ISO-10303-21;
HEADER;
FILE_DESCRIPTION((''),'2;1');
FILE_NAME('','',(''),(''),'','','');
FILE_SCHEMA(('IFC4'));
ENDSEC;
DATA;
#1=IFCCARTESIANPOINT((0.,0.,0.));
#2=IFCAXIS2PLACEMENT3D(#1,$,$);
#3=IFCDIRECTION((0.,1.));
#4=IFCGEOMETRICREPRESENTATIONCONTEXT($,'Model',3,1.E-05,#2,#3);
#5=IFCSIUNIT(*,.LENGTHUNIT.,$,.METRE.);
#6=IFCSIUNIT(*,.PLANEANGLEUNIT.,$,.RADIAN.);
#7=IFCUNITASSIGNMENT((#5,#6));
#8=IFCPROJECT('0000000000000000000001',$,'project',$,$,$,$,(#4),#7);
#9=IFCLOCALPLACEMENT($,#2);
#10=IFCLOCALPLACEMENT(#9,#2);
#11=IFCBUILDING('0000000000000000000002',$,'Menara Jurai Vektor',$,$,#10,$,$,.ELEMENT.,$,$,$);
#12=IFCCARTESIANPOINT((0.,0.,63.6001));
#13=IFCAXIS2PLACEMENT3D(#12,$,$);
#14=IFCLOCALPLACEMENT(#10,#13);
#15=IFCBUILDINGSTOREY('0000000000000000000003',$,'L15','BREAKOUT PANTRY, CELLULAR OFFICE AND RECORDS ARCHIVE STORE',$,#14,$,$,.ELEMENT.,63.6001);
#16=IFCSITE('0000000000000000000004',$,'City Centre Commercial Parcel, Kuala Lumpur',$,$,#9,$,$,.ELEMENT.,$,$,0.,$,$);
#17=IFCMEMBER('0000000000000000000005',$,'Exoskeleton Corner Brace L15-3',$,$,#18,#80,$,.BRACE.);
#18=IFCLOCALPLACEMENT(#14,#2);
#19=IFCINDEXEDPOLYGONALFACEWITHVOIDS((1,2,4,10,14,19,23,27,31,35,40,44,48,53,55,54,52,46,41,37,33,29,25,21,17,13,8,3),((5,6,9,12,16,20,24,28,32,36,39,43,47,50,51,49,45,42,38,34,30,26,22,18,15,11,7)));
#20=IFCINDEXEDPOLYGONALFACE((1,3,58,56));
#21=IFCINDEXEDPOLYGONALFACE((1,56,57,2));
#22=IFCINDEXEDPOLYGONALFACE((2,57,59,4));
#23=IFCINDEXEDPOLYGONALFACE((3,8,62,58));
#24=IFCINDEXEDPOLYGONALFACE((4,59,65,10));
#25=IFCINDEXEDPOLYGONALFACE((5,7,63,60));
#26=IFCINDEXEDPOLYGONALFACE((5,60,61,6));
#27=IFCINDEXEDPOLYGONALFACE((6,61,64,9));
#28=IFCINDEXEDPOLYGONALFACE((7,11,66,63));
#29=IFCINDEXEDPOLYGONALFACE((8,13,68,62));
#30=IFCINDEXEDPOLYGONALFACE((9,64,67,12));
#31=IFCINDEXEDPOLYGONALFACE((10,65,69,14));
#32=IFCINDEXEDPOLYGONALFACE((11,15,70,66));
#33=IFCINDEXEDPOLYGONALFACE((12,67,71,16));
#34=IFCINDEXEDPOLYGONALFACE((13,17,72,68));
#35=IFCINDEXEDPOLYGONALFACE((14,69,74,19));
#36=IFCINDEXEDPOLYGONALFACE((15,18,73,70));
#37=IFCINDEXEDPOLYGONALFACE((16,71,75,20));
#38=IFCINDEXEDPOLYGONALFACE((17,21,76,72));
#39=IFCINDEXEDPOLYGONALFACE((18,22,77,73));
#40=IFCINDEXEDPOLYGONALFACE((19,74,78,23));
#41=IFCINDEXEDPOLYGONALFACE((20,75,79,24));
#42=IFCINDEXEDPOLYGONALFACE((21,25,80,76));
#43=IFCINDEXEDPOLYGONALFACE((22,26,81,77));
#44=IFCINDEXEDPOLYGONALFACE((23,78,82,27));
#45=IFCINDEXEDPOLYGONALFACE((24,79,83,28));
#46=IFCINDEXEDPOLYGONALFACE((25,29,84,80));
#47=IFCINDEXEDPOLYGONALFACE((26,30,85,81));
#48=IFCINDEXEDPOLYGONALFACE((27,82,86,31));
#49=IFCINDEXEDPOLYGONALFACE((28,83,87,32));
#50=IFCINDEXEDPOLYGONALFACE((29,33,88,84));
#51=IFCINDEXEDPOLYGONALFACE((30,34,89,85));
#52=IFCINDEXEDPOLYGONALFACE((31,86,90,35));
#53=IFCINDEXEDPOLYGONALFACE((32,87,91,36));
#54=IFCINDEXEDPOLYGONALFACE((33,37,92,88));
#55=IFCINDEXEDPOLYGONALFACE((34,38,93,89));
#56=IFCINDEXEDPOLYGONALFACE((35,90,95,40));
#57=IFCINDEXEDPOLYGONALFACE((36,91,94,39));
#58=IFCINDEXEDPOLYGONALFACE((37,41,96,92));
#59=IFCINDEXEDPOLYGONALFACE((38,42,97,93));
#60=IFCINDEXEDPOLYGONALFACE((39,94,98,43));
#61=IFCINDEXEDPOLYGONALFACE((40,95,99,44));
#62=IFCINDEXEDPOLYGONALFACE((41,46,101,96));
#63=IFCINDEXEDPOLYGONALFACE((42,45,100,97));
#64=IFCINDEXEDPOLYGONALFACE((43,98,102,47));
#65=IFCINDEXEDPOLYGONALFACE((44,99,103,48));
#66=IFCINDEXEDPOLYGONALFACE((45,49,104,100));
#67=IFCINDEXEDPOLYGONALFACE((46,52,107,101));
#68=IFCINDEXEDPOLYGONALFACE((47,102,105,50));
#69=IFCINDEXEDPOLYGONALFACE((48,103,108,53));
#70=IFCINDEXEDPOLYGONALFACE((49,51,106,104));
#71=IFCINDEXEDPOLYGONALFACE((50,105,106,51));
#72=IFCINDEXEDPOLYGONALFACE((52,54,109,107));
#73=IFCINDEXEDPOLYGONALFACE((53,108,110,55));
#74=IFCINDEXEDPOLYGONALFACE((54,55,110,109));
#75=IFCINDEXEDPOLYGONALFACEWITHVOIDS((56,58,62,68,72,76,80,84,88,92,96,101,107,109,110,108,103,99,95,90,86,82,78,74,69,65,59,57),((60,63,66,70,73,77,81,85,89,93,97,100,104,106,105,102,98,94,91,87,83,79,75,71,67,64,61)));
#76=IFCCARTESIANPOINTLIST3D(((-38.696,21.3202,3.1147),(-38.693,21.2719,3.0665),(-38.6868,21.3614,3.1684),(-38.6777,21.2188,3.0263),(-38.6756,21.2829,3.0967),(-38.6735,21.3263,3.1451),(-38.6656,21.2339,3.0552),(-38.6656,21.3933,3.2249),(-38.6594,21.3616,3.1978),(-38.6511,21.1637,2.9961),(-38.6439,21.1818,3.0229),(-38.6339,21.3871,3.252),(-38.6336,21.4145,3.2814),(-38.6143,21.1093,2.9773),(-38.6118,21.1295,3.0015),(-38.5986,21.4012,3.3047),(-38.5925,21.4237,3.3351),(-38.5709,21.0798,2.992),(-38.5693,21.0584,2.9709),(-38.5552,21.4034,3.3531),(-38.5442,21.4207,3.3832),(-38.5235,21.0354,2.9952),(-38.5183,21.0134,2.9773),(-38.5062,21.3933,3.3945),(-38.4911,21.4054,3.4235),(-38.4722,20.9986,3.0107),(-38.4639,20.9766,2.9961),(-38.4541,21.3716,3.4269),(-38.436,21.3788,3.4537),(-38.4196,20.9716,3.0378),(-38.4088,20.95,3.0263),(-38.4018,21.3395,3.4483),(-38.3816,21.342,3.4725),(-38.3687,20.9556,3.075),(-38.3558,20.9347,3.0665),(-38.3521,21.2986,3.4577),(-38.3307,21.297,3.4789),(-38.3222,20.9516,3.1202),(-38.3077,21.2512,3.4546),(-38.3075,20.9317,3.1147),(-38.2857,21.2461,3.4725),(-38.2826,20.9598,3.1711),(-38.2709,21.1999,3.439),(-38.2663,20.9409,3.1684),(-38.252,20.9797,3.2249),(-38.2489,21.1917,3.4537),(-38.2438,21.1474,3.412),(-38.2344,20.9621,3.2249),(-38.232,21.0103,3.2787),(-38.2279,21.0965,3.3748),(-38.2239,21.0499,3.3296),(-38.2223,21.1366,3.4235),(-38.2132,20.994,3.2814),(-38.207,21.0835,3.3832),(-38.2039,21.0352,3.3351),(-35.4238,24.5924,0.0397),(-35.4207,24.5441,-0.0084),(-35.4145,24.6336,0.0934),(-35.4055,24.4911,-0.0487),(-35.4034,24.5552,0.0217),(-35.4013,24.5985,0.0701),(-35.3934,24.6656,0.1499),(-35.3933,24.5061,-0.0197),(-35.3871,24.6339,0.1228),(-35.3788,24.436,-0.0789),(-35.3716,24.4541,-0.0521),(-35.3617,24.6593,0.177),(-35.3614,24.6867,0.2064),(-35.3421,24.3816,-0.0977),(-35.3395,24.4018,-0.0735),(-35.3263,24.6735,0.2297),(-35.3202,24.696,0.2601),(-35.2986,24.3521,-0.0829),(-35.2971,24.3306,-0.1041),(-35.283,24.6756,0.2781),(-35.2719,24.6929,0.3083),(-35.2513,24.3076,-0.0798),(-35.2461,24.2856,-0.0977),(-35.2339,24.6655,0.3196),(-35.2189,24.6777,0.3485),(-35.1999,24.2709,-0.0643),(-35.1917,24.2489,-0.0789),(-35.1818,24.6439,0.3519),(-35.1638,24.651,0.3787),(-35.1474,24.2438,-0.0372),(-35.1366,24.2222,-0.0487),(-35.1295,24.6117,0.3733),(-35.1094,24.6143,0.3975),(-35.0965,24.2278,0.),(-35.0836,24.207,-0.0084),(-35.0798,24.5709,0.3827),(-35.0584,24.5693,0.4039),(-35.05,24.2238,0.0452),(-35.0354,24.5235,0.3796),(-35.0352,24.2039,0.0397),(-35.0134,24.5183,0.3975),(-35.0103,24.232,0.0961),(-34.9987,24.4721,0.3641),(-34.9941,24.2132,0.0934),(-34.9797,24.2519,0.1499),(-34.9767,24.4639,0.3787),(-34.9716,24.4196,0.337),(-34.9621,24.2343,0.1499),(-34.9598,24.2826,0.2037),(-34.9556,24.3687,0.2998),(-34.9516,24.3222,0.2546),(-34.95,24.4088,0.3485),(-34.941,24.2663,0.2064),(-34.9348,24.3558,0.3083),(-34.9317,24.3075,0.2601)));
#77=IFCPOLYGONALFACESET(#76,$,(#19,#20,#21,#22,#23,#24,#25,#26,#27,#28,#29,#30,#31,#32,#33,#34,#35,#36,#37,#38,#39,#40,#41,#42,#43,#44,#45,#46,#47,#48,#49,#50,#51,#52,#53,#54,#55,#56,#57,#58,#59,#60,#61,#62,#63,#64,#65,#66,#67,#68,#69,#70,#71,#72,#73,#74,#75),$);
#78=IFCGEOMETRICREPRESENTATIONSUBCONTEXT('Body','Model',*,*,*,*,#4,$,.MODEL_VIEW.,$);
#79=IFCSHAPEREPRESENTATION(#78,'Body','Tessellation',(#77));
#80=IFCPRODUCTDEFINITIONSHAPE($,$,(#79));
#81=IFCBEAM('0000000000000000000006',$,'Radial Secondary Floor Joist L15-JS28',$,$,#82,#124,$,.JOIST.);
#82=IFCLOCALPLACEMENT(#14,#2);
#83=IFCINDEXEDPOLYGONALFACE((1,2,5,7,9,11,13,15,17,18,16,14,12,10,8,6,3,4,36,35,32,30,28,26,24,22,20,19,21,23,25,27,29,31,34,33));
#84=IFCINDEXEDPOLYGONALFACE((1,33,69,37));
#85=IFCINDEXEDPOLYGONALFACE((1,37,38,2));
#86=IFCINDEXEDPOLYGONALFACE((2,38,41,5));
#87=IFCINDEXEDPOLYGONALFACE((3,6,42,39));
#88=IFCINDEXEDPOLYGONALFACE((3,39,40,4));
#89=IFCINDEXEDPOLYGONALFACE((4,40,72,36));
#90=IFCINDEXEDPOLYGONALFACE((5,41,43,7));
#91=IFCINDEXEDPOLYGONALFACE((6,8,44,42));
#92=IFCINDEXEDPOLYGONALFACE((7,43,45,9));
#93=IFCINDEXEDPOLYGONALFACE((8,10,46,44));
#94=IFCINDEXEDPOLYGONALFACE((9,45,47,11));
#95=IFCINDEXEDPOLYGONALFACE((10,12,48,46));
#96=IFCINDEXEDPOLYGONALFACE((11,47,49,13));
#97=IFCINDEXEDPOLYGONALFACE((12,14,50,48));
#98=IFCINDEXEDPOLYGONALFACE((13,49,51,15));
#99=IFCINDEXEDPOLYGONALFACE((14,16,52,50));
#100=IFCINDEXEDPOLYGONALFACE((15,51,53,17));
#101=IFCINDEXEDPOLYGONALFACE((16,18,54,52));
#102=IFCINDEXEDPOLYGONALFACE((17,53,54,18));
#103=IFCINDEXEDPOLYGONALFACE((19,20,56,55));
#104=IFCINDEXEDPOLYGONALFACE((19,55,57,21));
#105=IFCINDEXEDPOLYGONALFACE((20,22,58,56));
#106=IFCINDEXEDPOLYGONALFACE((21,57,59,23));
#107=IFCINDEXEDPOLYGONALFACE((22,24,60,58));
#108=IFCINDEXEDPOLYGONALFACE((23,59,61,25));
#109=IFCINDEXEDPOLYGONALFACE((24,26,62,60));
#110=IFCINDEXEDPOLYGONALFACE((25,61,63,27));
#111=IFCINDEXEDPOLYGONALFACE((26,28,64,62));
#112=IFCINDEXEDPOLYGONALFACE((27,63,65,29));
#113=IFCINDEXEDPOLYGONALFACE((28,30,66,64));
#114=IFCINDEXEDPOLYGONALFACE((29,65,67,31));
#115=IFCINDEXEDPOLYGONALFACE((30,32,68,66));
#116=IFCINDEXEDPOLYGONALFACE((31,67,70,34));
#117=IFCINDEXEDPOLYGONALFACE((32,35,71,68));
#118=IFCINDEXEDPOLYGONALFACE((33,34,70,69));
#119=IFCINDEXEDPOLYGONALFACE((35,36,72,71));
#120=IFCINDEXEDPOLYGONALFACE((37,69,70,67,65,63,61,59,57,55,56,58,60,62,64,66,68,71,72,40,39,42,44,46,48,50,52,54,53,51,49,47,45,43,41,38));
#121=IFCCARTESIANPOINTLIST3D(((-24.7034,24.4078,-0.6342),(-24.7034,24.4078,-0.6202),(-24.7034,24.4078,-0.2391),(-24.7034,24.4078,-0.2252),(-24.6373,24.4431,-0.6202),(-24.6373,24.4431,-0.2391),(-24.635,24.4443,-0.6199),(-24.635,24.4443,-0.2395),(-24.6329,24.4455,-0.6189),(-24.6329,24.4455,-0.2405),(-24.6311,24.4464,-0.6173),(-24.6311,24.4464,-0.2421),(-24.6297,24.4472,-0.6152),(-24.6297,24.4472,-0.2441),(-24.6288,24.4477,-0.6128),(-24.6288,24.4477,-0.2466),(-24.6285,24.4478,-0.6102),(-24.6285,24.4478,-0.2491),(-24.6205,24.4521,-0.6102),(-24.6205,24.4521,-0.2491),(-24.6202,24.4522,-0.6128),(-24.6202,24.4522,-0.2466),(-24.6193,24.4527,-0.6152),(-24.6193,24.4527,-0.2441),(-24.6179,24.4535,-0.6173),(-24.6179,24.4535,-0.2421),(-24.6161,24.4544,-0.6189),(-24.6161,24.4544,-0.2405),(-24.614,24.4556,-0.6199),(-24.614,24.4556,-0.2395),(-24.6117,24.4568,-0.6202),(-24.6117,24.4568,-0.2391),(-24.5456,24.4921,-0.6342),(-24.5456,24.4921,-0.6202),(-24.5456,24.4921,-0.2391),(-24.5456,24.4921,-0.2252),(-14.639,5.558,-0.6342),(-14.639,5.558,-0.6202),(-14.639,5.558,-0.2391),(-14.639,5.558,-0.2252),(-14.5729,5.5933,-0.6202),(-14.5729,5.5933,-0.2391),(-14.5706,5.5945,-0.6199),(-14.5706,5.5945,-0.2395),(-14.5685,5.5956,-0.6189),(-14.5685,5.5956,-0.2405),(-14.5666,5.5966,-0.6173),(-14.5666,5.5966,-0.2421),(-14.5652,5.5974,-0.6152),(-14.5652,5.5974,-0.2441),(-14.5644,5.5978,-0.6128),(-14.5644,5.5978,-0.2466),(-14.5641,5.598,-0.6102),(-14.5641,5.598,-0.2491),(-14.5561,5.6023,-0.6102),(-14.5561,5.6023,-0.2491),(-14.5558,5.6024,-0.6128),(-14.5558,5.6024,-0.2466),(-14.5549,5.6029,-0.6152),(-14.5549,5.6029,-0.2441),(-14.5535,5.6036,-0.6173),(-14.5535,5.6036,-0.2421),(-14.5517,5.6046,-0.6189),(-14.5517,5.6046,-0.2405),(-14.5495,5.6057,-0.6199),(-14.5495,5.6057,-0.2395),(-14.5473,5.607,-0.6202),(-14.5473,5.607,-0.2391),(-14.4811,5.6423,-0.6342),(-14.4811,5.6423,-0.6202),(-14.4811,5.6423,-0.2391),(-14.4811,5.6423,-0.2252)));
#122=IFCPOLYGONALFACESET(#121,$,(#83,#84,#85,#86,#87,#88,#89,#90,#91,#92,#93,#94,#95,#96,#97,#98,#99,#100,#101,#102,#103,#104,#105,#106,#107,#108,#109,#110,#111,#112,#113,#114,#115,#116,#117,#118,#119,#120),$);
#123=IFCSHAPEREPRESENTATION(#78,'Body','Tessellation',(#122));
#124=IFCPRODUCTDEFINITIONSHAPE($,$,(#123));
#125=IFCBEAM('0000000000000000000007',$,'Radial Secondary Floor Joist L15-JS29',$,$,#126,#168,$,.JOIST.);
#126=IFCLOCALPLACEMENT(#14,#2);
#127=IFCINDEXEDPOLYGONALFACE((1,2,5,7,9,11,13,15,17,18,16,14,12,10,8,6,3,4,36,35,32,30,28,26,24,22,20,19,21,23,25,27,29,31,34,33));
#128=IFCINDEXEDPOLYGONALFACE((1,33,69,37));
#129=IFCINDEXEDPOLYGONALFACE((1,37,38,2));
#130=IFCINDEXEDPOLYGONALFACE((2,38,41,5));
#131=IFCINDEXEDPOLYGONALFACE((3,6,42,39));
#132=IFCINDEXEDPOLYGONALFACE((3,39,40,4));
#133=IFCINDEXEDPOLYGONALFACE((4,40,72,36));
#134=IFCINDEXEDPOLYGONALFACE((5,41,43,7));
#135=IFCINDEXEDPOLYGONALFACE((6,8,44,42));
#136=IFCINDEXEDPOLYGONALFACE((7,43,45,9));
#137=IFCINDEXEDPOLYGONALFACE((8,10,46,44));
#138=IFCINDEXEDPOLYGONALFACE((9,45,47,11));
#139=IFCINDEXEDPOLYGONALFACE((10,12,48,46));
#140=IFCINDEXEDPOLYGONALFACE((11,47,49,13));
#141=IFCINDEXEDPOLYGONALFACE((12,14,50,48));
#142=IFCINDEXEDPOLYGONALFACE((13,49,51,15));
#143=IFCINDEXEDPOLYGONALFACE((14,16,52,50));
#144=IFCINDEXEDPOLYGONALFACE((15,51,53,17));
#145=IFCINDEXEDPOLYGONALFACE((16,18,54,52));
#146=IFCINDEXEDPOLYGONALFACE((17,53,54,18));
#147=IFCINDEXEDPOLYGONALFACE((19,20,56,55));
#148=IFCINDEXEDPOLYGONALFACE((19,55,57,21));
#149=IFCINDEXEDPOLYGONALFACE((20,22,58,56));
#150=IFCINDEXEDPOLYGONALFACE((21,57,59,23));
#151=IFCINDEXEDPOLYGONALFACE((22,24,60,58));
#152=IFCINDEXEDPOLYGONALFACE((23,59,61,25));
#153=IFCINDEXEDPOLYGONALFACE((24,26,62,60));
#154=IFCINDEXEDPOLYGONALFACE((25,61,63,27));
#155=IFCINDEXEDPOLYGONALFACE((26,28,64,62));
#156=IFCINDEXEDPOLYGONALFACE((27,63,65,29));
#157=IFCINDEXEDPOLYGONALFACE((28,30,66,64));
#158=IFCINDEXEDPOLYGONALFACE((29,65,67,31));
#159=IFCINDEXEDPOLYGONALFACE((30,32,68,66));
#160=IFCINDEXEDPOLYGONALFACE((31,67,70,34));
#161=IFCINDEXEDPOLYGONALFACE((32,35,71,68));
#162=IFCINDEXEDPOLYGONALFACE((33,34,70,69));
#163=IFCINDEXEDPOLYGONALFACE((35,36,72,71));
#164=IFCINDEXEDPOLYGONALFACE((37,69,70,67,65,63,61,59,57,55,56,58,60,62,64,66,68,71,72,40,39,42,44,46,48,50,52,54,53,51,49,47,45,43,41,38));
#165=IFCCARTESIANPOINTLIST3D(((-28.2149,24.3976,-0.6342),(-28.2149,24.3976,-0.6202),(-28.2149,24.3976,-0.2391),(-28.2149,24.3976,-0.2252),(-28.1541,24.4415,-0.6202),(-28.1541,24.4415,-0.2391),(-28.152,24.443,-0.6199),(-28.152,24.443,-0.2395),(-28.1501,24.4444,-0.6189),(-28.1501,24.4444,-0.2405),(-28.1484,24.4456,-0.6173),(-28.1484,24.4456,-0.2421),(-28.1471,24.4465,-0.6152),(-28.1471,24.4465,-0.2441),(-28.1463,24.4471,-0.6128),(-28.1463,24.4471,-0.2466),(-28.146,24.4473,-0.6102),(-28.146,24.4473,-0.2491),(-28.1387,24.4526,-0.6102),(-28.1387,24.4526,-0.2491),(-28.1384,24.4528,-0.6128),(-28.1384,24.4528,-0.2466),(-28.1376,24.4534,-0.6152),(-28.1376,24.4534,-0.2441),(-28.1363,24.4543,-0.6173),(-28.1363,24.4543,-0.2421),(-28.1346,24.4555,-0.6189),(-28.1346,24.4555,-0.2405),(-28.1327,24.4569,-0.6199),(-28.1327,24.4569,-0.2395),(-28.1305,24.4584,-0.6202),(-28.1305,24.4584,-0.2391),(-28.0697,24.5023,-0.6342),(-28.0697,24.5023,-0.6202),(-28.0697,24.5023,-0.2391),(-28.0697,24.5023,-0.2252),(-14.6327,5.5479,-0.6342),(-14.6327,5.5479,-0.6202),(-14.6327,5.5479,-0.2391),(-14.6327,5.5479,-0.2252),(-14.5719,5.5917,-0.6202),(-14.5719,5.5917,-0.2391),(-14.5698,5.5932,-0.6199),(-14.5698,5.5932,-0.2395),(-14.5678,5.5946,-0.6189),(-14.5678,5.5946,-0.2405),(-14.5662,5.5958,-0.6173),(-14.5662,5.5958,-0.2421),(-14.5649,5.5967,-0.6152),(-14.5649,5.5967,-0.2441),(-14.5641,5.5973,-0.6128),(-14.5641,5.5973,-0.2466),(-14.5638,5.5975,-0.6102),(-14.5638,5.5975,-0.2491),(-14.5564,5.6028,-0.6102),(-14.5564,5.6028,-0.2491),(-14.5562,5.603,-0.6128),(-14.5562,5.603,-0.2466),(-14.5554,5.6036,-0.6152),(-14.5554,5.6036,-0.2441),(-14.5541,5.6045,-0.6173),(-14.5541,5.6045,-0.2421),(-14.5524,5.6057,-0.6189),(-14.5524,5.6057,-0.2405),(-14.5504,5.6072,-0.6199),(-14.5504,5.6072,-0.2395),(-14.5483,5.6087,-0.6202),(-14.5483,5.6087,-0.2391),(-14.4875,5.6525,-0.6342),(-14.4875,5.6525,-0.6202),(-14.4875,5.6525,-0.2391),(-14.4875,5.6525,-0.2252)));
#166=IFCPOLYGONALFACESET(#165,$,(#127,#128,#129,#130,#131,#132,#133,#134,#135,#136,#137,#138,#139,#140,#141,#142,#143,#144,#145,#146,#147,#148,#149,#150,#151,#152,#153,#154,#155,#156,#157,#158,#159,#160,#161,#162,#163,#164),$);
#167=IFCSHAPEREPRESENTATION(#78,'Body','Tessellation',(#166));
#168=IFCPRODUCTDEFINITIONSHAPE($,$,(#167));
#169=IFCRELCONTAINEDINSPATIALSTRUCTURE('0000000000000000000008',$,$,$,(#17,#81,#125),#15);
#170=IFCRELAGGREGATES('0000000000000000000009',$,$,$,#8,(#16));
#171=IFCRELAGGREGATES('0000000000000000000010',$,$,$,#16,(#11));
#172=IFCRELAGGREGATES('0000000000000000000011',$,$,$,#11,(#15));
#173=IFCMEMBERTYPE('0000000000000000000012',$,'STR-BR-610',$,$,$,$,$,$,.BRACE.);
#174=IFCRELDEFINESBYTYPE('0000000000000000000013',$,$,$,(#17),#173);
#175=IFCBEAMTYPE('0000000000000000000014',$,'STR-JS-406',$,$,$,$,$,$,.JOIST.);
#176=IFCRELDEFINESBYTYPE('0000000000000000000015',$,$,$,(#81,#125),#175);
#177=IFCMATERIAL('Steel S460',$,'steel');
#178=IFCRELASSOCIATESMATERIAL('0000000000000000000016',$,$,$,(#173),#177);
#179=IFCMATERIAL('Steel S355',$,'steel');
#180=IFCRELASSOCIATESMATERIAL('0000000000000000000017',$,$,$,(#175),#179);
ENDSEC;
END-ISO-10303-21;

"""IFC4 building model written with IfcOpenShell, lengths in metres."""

from ifc_helpers import new_model, si_unit, direction, frame, origin, origin_2d, place, context, subcontext, project, spatial, hollow_circle, i_section, extrude, material, material_profile, profile_set, type_object, element, save


model = new_model("IFC4")

# Units and contexts
model_context = context("Model", 3, precision=1e-05, world=origin(), true_north=direction((0.0, 1.0)))
body_context = subcontext(model_context, "Body", "Model", "MODEL_VIEW")
ifc_project = project(units=[si_unit("LENGTHUNIT", "METRE"), si_unit("PLANEANGLEUNIT", "RADIAN")], contexts=[model_context])

# Site, building, storey
site_placement = place(None, origin())
site = spatial("IfcSite", under=ifc_project, at=site_placement, Name="City Centre Commercial Parcel, Kuala Lumpur", CompositionType="ELEMENT", RefElevation=0.0)
building_placement = place(site_placement, origin())
building = spatial("IfcBuilding", under=site, at=building_placement, Name="Menara Jurai Vektor", CompositionType="ELEMENT")
storey_placement = place(building_placement, frame((0.0, 0.0, 63.6001)))
storey = spatial("IfcBuildingStorey", under=building, at=storey_placement, Name="L15", Description="BREAKOUT PANTRY, CELLULAR OFFICE AND RECORDS ARCHIVE STORE", CompositionType="ELEMENT", Elevation=63.6001)

# Shared definitions
ifc_material_1 = material(Name="Steel S460", Category="steel")

# Shared definitions
ifc_material_2 = material(Name="Steel S355", Category="steel")

# Member
ifc_material_profile_1 = material_profile(ifc_material_1, hollow_circle(Radius=0.3049, WallThickness=0.0249, at=origin_2d()), Name="CHS 610x25")
ifc_profile_set_1 = profile_set([ifc_material_profile_1], Name="Steel S460")
member_type_1 = type_object("IfcMemberType", Name="STR-BR-610", PredefinedType="BRACE", material=ifc_profile_set_1)
member_1_placement = place(storey_placement, frame((-35.1777, 24.45, 0.1499), z_axis=(-0.588942, -0.588942, 0.553438), x_axis=(0.707107, -0.707107, 0.0)))
element("IfcMember", 1, at=member_1_placement, inside=storey, type_object=member_type_1, Name="Exoskeleton Corner Brace L15-3", PredefinedType="BRACE", context=body_context, shape_type="SweptSolid", body=[
    extrude(hollow_circle(Radius=0.3049, WallThickness=0.0249, at=origin_2d()), origin(), (0.0, 0.0, 1.0), 5.5562),
])

# Beams
ifc_material_profile_2 = material_profile(ifc_material_2, i_section(OverallWidth=0.179, OverallDepth=0.4089, WebThickness=0.009, FlangeThickness=0.0139, FilletRadius=0.01, at=origin_2d()), Name="UKB 406x178x67")
ifc_profile_set_2 = profile_set([ifc_material_profile_2], Name="Steel S355")
beam_type_1 = type_object("IfcBeamType", Name="STR-JS-406", PredefinedType="JOIST", material=ifc_profile_set_2)
beam_1_placement = place(storey_placement, frame((-24.6245, 24.45, -0.4297), z_axis=(0.470996, -0.882135, 0.0), x_axis=(0.882135, 0.470996, 0.0)))
element("IfcBeam", 2, at=beam_1_placement, inside=storey, type_object=beam_type_1, Name="Radial Secondary Floor Joist L15-JS28", PredefinedType="JOIST", context=body_context, shape_type="SweptSolid", body=[
    extrude(i_section(OverallWidth=0.179, OverallDepth=0.4089, WebThickness=0.009, FlangeThickness=0.0139, FilletRadius=0.01, at=origin_2d()), origin(), (0.0, 0.0, 1.0), 21.3684),
])
beam_2_placement = place(storey_placement, frame((-28.1423, 24.45, -0.4297), z_axis=(0.584599, -0.811322, 0.0), x_axis=(0.811322, 0.584599, 0.0)))
element("IfcBeam", 3, at=beam_2_placement, inside=storey, type_object=beam_type_1, Name="Radial Secondary Floor Joist L15-JS29", PredefinedType="JOIST", context=body_context, shape_type="SweptSolid", body=[
    extrude(i_section(OverallWidth=0.179, OverallDepth=0.4089, WebThickness=0.009, FlangeThickness=0.0139, FilletRadius=0.01, at=origin_2d()), origin(), (0.0, 0.0, 1.0), 23.2334),
])

save(model, "model.ifc")
